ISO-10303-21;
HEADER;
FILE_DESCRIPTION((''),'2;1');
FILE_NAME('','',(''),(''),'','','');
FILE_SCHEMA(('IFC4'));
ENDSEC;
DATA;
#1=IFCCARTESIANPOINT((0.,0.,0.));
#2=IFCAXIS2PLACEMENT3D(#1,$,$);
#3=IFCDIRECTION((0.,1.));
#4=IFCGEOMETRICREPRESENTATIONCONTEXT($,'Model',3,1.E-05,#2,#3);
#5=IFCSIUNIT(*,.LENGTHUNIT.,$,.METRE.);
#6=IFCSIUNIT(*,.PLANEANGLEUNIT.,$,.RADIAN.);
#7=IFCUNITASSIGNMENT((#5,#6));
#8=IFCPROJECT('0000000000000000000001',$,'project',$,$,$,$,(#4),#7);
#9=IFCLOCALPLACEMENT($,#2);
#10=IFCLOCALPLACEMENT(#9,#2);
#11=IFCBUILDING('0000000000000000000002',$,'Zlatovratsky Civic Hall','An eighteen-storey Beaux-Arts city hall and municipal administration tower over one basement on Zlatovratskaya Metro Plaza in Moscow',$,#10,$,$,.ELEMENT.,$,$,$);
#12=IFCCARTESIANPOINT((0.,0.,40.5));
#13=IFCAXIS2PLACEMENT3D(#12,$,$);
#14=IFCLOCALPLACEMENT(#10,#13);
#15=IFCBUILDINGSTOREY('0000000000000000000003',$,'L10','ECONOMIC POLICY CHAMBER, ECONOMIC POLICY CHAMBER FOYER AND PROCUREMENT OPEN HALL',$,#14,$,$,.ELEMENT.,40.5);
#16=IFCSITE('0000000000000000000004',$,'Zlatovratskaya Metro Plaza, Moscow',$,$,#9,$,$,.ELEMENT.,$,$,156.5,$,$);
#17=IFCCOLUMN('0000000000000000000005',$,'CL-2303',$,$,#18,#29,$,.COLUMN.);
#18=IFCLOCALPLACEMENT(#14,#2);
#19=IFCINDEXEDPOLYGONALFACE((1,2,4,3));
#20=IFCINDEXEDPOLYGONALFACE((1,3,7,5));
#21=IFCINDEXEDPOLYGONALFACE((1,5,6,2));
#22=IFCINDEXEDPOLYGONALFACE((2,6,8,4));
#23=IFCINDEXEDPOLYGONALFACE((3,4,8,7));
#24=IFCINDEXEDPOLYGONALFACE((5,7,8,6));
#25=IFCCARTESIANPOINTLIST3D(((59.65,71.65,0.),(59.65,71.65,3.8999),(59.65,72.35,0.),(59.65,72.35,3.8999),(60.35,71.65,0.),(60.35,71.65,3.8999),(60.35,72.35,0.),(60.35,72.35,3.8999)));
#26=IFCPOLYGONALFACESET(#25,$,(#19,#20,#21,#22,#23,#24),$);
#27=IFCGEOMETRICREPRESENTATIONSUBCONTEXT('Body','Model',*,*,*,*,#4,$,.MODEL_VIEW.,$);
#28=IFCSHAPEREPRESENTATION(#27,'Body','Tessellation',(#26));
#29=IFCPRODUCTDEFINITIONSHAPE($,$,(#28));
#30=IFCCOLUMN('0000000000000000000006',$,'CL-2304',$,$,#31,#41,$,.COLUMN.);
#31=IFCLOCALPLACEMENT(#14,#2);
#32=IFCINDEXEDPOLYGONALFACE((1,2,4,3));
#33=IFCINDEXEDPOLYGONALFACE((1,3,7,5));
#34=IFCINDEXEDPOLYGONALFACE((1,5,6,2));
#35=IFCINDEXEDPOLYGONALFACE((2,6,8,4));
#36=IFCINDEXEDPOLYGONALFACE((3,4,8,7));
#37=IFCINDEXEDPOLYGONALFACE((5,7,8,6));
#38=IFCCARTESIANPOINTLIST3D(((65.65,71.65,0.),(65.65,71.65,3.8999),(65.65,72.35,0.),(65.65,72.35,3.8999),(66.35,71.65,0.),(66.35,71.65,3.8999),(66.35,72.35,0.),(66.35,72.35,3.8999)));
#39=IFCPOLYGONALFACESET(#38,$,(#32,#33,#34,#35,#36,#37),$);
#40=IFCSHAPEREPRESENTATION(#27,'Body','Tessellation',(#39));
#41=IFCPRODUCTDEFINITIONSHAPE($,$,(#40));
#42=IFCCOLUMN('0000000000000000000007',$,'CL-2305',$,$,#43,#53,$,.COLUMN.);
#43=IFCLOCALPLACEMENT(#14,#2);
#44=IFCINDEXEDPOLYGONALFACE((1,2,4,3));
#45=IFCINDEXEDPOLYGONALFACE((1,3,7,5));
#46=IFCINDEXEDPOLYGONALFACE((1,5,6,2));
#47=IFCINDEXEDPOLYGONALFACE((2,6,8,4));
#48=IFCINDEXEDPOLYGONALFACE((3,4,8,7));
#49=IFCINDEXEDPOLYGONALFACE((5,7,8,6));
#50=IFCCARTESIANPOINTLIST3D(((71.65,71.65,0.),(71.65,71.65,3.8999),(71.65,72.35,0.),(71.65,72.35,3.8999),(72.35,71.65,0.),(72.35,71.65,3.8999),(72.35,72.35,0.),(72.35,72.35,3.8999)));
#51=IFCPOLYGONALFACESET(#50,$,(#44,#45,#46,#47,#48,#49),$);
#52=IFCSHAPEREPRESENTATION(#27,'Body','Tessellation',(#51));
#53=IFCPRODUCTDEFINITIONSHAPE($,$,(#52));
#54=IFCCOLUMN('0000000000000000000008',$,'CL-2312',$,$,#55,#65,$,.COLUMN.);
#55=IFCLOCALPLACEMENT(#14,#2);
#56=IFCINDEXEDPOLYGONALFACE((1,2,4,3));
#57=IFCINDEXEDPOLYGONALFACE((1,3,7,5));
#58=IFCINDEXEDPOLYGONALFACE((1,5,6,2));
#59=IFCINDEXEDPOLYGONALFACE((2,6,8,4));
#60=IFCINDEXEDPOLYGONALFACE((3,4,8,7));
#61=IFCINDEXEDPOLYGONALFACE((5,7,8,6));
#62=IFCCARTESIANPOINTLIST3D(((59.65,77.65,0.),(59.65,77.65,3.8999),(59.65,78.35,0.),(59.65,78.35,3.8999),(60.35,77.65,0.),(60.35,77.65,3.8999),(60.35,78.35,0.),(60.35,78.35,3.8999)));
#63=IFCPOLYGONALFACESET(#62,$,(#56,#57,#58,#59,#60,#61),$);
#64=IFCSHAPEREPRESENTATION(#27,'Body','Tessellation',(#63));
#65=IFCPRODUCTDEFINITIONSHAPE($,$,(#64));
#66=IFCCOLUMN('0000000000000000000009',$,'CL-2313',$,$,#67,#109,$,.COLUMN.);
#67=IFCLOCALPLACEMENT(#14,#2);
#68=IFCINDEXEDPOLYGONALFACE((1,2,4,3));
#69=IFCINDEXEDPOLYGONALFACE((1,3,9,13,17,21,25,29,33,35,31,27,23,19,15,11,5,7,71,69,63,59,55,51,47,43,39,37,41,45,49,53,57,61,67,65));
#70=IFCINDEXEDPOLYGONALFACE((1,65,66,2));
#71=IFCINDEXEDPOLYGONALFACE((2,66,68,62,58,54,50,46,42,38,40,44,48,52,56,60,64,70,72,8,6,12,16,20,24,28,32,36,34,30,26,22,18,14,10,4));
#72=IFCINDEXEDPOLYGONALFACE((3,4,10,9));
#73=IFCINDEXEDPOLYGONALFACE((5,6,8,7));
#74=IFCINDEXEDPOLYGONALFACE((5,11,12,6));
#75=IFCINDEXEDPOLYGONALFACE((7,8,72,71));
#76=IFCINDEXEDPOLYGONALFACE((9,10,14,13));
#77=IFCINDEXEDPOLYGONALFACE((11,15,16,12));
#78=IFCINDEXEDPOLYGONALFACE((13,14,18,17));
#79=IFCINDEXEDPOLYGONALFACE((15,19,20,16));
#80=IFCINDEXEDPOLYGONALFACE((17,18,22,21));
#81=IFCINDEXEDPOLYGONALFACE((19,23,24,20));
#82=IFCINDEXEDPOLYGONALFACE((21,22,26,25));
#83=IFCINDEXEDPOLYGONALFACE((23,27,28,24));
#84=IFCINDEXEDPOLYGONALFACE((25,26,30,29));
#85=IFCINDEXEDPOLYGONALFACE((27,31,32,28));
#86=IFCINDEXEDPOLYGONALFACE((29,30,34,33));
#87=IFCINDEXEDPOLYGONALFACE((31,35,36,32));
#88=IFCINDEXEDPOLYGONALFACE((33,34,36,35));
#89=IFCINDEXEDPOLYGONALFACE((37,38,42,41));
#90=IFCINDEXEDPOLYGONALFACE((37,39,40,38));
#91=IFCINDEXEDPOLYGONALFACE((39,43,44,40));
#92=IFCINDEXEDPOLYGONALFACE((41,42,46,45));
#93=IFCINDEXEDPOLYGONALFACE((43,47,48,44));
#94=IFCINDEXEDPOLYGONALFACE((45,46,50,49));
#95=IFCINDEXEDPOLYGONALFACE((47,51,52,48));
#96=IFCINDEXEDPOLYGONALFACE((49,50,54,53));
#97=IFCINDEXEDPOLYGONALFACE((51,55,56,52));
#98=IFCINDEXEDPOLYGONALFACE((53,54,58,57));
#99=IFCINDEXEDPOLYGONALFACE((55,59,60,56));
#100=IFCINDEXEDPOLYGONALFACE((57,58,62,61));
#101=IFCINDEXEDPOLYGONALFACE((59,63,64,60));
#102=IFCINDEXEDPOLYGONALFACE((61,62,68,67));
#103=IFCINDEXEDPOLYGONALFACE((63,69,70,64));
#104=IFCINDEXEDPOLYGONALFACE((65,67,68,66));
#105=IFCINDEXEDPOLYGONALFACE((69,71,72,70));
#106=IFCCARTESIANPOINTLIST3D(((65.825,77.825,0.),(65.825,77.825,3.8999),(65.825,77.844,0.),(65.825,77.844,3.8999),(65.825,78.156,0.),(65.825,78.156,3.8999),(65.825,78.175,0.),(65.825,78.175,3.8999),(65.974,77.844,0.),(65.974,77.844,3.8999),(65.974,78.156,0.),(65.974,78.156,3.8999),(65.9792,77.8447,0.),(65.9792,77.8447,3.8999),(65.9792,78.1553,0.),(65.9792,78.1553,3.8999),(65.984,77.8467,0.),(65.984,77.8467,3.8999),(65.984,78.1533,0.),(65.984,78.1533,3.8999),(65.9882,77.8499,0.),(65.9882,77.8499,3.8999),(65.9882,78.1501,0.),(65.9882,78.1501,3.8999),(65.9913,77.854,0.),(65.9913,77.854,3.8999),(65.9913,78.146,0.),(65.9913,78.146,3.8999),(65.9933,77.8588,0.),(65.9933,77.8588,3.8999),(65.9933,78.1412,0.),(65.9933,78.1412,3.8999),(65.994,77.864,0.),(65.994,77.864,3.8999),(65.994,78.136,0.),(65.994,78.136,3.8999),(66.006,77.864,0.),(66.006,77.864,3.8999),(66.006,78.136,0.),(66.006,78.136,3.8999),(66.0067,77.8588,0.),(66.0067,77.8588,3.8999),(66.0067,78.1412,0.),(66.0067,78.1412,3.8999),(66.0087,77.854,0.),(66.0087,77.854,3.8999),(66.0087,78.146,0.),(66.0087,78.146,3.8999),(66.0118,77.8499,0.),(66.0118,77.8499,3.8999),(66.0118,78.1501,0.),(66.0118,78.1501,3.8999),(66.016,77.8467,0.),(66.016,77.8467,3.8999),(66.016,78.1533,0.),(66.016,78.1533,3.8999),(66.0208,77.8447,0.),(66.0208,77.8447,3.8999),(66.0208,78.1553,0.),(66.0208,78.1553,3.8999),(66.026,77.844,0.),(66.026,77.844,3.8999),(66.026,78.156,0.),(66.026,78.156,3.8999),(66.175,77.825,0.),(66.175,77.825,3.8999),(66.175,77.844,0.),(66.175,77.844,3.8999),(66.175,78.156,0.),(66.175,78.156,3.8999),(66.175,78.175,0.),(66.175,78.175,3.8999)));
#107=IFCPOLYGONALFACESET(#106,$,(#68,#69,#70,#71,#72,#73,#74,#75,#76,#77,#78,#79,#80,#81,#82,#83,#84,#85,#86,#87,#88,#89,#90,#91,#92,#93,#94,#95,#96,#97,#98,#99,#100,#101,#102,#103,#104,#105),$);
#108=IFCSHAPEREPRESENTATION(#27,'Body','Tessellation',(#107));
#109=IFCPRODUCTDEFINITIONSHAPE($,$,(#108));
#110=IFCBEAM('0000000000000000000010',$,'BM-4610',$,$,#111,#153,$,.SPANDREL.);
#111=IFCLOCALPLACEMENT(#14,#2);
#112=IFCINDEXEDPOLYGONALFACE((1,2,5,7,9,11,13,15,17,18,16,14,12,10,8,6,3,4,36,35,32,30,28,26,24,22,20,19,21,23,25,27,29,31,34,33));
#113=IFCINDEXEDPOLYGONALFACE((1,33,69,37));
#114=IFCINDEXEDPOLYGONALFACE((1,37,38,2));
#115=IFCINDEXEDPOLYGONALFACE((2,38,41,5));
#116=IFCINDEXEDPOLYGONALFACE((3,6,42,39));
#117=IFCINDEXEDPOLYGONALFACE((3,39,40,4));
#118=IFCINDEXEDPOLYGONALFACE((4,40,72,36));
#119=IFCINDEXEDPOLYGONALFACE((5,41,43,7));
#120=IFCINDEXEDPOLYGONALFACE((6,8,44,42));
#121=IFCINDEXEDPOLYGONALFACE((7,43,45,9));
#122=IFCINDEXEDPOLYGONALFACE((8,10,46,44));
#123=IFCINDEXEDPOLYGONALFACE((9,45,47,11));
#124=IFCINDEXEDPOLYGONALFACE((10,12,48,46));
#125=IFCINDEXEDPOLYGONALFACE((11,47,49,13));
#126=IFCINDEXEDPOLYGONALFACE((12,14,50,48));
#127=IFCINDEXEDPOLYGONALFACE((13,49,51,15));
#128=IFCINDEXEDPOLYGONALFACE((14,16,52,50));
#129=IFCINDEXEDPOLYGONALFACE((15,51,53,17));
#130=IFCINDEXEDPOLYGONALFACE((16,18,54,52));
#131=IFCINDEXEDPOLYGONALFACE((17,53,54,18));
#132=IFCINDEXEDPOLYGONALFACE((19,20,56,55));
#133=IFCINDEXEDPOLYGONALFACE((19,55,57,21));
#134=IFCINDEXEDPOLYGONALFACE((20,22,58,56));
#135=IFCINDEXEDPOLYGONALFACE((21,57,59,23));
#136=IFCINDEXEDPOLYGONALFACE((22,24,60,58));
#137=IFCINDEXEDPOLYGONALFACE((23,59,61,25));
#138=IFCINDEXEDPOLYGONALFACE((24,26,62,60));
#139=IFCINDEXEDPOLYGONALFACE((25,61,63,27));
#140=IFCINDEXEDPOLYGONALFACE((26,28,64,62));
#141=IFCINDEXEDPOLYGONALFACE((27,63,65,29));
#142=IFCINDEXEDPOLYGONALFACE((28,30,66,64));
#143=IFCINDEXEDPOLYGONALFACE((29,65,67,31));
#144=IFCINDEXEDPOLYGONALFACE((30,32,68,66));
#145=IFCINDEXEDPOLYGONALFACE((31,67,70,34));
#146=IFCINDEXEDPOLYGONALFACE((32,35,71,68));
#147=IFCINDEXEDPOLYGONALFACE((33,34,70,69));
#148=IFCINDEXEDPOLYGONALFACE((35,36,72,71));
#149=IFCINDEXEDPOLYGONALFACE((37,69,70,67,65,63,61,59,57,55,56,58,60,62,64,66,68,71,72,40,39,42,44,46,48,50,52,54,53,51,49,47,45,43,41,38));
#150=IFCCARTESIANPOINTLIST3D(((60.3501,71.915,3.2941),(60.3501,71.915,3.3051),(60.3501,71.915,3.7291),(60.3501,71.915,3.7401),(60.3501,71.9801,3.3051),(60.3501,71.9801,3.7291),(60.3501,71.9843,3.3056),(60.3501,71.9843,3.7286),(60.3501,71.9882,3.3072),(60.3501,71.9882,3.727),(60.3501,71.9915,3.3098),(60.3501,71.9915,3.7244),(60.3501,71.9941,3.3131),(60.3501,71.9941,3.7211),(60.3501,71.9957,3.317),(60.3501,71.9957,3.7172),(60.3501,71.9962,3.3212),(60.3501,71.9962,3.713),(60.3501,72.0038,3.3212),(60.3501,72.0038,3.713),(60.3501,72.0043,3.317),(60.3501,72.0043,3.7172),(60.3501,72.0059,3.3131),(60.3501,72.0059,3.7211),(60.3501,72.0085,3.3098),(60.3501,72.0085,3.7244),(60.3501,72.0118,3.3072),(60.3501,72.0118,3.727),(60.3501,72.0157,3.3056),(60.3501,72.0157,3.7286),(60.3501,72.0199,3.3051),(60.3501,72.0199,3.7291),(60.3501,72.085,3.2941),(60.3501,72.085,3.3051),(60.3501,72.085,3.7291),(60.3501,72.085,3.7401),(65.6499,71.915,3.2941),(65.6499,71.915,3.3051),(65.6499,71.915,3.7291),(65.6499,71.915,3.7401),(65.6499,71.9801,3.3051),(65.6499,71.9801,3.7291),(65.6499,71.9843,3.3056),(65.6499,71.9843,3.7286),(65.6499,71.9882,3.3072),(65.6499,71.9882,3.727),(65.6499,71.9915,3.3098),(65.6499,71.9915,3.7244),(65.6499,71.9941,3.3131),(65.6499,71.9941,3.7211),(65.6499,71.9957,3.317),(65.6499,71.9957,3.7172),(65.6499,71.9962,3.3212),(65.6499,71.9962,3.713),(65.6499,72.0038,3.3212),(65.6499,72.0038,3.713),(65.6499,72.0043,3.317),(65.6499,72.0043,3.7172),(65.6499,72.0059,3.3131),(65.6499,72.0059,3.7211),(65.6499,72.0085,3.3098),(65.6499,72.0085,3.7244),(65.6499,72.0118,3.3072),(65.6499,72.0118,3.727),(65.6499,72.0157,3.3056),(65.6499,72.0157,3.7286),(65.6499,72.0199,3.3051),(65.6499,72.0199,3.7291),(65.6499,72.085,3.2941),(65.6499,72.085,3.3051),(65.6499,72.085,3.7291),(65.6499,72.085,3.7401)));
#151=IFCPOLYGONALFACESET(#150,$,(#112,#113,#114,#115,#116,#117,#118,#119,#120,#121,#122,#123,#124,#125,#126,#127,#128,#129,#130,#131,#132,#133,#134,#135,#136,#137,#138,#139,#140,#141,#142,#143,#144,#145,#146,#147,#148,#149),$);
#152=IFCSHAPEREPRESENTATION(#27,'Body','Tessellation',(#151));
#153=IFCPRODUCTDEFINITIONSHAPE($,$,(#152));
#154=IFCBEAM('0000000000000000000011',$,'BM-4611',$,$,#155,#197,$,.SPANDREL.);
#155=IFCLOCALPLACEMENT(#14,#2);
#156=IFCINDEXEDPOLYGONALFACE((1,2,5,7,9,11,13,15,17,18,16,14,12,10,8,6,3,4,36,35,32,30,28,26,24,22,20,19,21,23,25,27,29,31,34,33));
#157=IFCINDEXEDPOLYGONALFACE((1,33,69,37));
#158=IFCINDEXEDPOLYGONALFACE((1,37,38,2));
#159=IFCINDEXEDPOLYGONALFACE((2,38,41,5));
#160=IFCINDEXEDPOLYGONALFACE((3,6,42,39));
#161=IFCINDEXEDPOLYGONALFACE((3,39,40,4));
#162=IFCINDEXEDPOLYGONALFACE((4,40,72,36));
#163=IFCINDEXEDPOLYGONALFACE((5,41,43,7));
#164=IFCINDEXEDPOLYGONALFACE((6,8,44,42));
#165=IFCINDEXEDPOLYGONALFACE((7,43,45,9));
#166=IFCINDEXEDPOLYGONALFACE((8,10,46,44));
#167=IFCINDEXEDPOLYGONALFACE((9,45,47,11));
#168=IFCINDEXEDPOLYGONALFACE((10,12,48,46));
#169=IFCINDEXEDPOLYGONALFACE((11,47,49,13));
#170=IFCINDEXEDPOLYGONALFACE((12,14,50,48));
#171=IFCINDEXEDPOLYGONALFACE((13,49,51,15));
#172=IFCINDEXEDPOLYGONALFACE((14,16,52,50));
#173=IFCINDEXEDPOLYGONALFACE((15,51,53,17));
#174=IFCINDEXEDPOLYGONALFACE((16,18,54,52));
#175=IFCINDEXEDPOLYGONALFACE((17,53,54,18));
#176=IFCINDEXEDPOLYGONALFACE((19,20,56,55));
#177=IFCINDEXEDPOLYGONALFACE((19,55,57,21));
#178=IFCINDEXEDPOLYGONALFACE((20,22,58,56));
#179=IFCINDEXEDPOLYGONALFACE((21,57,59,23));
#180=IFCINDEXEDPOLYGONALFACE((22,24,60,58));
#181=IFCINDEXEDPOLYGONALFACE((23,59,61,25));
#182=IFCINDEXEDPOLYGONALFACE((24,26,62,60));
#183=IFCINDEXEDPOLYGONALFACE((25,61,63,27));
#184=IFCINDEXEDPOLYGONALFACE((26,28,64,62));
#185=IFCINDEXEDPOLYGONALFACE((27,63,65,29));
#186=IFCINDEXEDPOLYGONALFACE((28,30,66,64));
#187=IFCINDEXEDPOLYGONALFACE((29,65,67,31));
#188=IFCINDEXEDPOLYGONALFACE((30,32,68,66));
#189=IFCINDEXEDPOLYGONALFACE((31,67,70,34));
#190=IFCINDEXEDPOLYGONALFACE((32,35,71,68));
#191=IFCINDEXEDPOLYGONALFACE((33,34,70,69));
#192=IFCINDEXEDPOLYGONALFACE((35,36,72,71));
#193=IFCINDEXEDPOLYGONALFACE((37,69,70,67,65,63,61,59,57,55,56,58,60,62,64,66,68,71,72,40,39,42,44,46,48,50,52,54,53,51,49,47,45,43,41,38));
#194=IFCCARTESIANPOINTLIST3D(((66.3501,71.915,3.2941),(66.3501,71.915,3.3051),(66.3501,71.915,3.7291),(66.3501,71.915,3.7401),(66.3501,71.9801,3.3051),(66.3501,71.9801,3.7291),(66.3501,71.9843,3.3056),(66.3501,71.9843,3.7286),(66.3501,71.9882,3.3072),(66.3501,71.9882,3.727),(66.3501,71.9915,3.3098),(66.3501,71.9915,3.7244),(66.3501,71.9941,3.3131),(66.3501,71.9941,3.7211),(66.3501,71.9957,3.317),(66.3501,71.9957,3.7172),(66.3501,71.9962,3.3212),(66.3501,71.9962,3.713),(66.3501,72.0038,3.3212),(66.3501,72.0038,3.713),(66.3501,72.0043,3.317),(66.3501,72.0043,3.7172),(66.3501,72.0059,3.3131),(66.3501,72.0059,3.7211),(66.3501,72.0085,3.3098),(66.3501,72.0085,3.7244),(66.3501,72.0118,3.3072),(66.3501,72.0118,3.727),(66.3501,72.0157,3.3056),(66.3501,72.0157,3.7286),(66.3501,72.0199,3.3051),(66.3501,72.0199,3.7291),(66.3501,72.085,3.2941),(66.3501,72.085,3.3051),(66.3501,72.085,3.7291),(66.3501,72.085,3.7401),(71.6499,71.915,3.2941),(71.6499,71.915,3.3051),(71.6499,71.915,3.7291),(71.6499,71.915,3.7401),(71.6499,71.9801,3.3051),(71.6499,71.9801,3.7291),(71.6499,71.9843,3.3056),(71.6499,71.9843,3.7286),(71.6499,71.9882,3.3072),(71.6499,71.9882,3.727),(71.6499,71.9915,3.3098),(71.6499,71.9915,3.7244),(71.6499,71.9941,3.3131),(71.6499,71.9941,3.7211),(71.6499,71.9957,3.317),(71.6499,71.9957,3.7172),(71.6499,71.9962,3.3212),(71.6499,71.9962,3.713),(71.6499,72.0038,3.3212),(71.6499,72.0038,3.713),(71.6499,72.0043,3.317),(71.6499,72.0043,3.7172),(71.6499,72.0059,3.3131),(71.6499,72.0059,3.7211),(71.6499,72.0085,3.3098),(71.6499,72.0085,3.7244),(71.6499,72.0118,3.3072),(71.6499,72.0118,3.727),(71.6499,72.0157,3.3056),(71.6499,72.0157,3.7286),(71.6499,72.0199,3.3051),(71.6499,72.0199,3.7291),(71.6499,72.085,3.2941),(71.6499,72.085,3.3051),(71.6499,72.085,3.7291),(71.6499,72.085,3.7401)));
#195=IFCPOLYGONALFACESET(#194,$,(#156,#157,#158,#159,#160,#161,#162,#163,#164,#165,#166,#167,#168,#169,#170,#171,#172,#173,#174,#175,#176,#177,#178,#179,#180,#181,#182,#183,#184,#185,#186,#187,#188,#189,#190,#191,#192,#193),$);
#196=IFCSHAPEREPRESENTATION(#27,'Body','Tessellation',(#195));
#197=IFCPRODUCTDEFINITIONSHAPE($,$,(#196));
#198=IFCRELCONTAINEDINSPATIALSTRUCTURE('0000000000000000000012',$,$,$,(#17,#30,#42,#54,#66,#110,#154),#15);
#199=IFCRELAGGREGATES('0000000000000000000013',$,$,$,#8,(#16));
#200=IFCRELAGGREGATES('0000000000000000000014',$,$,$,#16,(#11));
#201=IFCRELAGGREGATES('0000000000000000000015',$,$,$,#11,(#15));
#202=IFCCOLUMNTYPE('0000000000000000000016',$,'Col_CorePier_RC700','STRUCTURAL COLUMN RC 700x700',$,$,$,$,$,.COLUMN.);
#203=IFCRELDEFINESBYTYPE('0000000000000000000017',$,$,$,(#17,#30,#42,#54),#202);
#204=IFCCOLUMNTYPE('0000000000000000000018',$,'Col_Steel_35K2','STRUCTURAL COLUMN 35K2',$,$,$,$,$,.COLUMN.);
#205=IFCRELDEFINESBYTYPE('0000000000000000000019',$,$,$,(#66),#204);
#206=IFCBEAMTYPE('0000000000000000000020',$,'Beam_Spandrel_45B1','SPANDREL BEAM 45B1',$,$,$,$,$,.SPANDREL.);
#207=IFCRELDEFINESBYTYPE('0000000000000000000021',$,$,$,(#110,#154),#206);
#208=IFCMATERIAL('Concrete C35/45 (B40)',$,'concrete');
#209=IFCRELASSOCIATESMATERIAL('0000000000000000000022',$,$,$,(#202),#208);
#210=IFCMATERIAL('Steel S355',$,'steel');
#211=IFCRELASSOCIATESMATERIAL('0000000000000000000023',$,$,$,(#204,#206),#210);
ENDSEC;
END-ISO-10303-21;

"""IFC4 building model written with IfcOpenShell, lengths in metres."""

from ifc_helpers import new_model, si_unit, direction, frame, origin, origin_2d, place, context, subcontext, project, spatial, rectangle, i_section, extrude, material, material_profile, profile_set, type_object, element, save


model = new_model("IFC4")

# Units and contexts
model_context = context("Model", 3, precision=1e-05, world=origin(), true_north=direction((0.0, 1.0)))
body_context = subcontext(model_context, "Body", "Model", "MODEL_VIEW")
ifc_project = project(units=[si_unit("LENGTHUNIT", "METRE"), si_unit("PLANEANGLEUNIT", "RADIAN")], contexts=[model_context])

# Site, building, storey
site_placement = place(None, origin())
site = spatial("IfcSite", under=ifc_project, at=site_placement, Name="Zlatovratskaya Metro Plaza, Moscow", CompositionType="ELEMENT", RefElevation=156.5)
building_placement = place(site_placement, origin())
building = spatial("IfcBuilding", under=site, at=building_placement, Name="Zlatovratsky Civic Hall", Description="An eighteen-storey Beaux-Arts city hall and municipal administration tower over one basement on Zlatovratskaya Metro Plaza in Moscow", CompositionType="ELEMENT")
storey_placement = place(building_placement, frame((0.0, 0.0, 40.5)))
storey = spatial("IfcBuildingStorey", under=building, at=storey_placement, Name="L10", Description="ECONOMIC POLICY CHAMBER, ECONOMIC POLICY CHAMBER FOYER AND PROCUREMENT OPEN HALL", CompositionType="ELEMENT", Elevation=40.5)

# Columns
ifc_material_1 = material(Name="Concrete C35/45 (B40)", Category="concrete")
ifc_material_profile_1 = material_profile(ifc_material_1, rectangle(XDim=0.7, YDim=0.7, at=origin_2d()), Name="RC 700x700")
ifc_profile_set_1 = profile_set([ifc_material_profile_1], Name="Concrete C35/45 (B40)")
column_type_1 = type_object("IfcColumnType", Name="Col_CorePier_RC700", Description="STRUCTURAL COLUMN RC 700x700", PredefinedType="COLUMN", material=ifc_profile_set_1)
for number, where, z_axis, x_axis, name in (
    (1, (60.0, 72.0, 0.0), (0.0, 0.0, 1.0), (1.0, 0.0, 0.0), "CL-2303"),
    (2, (66.0, 72.0, 0.0), (0.0, 0.0, 1.0), (1.0, 0.0, 0.0), "CL-2304"),
    (3, (72.0, 72.0, 0.0), (0.0, 0.0, 1.0), (1.0, 0.0, 0.0), "CL-2305"),
    (4, (60.0, 78.0, 0.0), (0.0, 0.0, 1.0), (1.0, 0.0, 0.0), "CL-2312"),
):
    element("IfcColumn", number, at=place(storey_placement, frame(where, z_axis=z_axis, x_axis=x_axis)), inside=storey, type_object=column_type_1, Name=name, PredefinedType="COLUMN", context=body_context, shape_type="SweptSolid", body=[
        extrude(rectangle(XDim=0.7, YDim=0.7, at=origin_2d()), origin(), (0.0, 0.0, 1.0), 3.8999),
    ])
ifc_material_2 = material(Name="Steel S355", Category="steel")
ifc_material_profile_2 = material_profile(ifc_material_2, i_section(OverallWidth=0.3501, OverallDepth=0.3501, WebThickness=0.012, FlangeThickness=0.019, FilletRadius=0.02, at=origin_2d()), Name="35K2")
ifc_profile_set_2 = profile_set([ifc_material_profile_2], Name="Steel S355")
column_type_2 = type_object("IfcColumnType", Name="Col_Steel_35K2", Description="STRUCTURAL COLUMN 35K2", PredefinedType="COLUMN", material=ifc_profile_set_2)
column_placement = place(storey_placement, frame((66.0, 78.0, 0.0), z_axis=(0.0, 0.0, 1.0), x_axis=(1.0, 0.0, 0.0)))
element("IfcColumn", 5, at=column_placement, inside=storey, type_object=column_type_2, Name="CL-2313", PredefinedType="COLUMN", context=body_context, shape_type="SweptSolid", body=[
    extrude(i_section(OverallWidth=0.3501, OverallDepth=0.3501, WebThickness=0.012, FlangeThickness=0.019, FilletRadius=0.02, at=origin_2d()), origin(), (0.0, 0.0, 1.0), 3.8999),
])

# Beams
ifc_material_profile_3 = material_profile(ifc_material_2, i_section(OverallWidth=0.1699, OverallDepth=0.446, WebThickness=0.0076, FlangeThickness=0.011, FilletRadius=0.0161, at=origin_2d()), Name="45B1")
ifc_profile_set_3 = profile_set([ifc_material_profile_3], Name="Steel S355")
beam_type_1 = type_object("IfcBeamType", Name="Beam_Spandrel_45B1", Description="SPANDREL BEAM 45B1", PredefinedType="SPANDREL", material=ifc_profile_set_3)
for number, where, z_axis, x_axis, name in (
    (6, (60.3501, 72.0, 3.5171), (1.0, 0.0, 0.0), (0.0, 1.0, 0.0), "BM-4610"),
    (7, (66.3501, 72.0, 3.5171), (1.0, 0.0, 0.0), (0.0, 1.0, 0.0), "BM-4611"),
):
    element("IfcBeam", number, at=place(storey_placement, frame(where, z_axis=z_axis, x_axis=x_axis)), inside=storey, type_object=beam_type_1, Name=name, PredefinedType="SPANDREL", context=body_context, shape_type="SweptSolid", body=[
        extrude(i_section(OverallWidth=0.1699, OverallDepth=0.446, WebThickness=0.0076, FlangeThickness=0.011, FilletRadius=0.0161, at=origin_2d()), origin(), (0.0, 0.0, 1.0), 5.2998),
    ])

save(model, "model.ifc")
